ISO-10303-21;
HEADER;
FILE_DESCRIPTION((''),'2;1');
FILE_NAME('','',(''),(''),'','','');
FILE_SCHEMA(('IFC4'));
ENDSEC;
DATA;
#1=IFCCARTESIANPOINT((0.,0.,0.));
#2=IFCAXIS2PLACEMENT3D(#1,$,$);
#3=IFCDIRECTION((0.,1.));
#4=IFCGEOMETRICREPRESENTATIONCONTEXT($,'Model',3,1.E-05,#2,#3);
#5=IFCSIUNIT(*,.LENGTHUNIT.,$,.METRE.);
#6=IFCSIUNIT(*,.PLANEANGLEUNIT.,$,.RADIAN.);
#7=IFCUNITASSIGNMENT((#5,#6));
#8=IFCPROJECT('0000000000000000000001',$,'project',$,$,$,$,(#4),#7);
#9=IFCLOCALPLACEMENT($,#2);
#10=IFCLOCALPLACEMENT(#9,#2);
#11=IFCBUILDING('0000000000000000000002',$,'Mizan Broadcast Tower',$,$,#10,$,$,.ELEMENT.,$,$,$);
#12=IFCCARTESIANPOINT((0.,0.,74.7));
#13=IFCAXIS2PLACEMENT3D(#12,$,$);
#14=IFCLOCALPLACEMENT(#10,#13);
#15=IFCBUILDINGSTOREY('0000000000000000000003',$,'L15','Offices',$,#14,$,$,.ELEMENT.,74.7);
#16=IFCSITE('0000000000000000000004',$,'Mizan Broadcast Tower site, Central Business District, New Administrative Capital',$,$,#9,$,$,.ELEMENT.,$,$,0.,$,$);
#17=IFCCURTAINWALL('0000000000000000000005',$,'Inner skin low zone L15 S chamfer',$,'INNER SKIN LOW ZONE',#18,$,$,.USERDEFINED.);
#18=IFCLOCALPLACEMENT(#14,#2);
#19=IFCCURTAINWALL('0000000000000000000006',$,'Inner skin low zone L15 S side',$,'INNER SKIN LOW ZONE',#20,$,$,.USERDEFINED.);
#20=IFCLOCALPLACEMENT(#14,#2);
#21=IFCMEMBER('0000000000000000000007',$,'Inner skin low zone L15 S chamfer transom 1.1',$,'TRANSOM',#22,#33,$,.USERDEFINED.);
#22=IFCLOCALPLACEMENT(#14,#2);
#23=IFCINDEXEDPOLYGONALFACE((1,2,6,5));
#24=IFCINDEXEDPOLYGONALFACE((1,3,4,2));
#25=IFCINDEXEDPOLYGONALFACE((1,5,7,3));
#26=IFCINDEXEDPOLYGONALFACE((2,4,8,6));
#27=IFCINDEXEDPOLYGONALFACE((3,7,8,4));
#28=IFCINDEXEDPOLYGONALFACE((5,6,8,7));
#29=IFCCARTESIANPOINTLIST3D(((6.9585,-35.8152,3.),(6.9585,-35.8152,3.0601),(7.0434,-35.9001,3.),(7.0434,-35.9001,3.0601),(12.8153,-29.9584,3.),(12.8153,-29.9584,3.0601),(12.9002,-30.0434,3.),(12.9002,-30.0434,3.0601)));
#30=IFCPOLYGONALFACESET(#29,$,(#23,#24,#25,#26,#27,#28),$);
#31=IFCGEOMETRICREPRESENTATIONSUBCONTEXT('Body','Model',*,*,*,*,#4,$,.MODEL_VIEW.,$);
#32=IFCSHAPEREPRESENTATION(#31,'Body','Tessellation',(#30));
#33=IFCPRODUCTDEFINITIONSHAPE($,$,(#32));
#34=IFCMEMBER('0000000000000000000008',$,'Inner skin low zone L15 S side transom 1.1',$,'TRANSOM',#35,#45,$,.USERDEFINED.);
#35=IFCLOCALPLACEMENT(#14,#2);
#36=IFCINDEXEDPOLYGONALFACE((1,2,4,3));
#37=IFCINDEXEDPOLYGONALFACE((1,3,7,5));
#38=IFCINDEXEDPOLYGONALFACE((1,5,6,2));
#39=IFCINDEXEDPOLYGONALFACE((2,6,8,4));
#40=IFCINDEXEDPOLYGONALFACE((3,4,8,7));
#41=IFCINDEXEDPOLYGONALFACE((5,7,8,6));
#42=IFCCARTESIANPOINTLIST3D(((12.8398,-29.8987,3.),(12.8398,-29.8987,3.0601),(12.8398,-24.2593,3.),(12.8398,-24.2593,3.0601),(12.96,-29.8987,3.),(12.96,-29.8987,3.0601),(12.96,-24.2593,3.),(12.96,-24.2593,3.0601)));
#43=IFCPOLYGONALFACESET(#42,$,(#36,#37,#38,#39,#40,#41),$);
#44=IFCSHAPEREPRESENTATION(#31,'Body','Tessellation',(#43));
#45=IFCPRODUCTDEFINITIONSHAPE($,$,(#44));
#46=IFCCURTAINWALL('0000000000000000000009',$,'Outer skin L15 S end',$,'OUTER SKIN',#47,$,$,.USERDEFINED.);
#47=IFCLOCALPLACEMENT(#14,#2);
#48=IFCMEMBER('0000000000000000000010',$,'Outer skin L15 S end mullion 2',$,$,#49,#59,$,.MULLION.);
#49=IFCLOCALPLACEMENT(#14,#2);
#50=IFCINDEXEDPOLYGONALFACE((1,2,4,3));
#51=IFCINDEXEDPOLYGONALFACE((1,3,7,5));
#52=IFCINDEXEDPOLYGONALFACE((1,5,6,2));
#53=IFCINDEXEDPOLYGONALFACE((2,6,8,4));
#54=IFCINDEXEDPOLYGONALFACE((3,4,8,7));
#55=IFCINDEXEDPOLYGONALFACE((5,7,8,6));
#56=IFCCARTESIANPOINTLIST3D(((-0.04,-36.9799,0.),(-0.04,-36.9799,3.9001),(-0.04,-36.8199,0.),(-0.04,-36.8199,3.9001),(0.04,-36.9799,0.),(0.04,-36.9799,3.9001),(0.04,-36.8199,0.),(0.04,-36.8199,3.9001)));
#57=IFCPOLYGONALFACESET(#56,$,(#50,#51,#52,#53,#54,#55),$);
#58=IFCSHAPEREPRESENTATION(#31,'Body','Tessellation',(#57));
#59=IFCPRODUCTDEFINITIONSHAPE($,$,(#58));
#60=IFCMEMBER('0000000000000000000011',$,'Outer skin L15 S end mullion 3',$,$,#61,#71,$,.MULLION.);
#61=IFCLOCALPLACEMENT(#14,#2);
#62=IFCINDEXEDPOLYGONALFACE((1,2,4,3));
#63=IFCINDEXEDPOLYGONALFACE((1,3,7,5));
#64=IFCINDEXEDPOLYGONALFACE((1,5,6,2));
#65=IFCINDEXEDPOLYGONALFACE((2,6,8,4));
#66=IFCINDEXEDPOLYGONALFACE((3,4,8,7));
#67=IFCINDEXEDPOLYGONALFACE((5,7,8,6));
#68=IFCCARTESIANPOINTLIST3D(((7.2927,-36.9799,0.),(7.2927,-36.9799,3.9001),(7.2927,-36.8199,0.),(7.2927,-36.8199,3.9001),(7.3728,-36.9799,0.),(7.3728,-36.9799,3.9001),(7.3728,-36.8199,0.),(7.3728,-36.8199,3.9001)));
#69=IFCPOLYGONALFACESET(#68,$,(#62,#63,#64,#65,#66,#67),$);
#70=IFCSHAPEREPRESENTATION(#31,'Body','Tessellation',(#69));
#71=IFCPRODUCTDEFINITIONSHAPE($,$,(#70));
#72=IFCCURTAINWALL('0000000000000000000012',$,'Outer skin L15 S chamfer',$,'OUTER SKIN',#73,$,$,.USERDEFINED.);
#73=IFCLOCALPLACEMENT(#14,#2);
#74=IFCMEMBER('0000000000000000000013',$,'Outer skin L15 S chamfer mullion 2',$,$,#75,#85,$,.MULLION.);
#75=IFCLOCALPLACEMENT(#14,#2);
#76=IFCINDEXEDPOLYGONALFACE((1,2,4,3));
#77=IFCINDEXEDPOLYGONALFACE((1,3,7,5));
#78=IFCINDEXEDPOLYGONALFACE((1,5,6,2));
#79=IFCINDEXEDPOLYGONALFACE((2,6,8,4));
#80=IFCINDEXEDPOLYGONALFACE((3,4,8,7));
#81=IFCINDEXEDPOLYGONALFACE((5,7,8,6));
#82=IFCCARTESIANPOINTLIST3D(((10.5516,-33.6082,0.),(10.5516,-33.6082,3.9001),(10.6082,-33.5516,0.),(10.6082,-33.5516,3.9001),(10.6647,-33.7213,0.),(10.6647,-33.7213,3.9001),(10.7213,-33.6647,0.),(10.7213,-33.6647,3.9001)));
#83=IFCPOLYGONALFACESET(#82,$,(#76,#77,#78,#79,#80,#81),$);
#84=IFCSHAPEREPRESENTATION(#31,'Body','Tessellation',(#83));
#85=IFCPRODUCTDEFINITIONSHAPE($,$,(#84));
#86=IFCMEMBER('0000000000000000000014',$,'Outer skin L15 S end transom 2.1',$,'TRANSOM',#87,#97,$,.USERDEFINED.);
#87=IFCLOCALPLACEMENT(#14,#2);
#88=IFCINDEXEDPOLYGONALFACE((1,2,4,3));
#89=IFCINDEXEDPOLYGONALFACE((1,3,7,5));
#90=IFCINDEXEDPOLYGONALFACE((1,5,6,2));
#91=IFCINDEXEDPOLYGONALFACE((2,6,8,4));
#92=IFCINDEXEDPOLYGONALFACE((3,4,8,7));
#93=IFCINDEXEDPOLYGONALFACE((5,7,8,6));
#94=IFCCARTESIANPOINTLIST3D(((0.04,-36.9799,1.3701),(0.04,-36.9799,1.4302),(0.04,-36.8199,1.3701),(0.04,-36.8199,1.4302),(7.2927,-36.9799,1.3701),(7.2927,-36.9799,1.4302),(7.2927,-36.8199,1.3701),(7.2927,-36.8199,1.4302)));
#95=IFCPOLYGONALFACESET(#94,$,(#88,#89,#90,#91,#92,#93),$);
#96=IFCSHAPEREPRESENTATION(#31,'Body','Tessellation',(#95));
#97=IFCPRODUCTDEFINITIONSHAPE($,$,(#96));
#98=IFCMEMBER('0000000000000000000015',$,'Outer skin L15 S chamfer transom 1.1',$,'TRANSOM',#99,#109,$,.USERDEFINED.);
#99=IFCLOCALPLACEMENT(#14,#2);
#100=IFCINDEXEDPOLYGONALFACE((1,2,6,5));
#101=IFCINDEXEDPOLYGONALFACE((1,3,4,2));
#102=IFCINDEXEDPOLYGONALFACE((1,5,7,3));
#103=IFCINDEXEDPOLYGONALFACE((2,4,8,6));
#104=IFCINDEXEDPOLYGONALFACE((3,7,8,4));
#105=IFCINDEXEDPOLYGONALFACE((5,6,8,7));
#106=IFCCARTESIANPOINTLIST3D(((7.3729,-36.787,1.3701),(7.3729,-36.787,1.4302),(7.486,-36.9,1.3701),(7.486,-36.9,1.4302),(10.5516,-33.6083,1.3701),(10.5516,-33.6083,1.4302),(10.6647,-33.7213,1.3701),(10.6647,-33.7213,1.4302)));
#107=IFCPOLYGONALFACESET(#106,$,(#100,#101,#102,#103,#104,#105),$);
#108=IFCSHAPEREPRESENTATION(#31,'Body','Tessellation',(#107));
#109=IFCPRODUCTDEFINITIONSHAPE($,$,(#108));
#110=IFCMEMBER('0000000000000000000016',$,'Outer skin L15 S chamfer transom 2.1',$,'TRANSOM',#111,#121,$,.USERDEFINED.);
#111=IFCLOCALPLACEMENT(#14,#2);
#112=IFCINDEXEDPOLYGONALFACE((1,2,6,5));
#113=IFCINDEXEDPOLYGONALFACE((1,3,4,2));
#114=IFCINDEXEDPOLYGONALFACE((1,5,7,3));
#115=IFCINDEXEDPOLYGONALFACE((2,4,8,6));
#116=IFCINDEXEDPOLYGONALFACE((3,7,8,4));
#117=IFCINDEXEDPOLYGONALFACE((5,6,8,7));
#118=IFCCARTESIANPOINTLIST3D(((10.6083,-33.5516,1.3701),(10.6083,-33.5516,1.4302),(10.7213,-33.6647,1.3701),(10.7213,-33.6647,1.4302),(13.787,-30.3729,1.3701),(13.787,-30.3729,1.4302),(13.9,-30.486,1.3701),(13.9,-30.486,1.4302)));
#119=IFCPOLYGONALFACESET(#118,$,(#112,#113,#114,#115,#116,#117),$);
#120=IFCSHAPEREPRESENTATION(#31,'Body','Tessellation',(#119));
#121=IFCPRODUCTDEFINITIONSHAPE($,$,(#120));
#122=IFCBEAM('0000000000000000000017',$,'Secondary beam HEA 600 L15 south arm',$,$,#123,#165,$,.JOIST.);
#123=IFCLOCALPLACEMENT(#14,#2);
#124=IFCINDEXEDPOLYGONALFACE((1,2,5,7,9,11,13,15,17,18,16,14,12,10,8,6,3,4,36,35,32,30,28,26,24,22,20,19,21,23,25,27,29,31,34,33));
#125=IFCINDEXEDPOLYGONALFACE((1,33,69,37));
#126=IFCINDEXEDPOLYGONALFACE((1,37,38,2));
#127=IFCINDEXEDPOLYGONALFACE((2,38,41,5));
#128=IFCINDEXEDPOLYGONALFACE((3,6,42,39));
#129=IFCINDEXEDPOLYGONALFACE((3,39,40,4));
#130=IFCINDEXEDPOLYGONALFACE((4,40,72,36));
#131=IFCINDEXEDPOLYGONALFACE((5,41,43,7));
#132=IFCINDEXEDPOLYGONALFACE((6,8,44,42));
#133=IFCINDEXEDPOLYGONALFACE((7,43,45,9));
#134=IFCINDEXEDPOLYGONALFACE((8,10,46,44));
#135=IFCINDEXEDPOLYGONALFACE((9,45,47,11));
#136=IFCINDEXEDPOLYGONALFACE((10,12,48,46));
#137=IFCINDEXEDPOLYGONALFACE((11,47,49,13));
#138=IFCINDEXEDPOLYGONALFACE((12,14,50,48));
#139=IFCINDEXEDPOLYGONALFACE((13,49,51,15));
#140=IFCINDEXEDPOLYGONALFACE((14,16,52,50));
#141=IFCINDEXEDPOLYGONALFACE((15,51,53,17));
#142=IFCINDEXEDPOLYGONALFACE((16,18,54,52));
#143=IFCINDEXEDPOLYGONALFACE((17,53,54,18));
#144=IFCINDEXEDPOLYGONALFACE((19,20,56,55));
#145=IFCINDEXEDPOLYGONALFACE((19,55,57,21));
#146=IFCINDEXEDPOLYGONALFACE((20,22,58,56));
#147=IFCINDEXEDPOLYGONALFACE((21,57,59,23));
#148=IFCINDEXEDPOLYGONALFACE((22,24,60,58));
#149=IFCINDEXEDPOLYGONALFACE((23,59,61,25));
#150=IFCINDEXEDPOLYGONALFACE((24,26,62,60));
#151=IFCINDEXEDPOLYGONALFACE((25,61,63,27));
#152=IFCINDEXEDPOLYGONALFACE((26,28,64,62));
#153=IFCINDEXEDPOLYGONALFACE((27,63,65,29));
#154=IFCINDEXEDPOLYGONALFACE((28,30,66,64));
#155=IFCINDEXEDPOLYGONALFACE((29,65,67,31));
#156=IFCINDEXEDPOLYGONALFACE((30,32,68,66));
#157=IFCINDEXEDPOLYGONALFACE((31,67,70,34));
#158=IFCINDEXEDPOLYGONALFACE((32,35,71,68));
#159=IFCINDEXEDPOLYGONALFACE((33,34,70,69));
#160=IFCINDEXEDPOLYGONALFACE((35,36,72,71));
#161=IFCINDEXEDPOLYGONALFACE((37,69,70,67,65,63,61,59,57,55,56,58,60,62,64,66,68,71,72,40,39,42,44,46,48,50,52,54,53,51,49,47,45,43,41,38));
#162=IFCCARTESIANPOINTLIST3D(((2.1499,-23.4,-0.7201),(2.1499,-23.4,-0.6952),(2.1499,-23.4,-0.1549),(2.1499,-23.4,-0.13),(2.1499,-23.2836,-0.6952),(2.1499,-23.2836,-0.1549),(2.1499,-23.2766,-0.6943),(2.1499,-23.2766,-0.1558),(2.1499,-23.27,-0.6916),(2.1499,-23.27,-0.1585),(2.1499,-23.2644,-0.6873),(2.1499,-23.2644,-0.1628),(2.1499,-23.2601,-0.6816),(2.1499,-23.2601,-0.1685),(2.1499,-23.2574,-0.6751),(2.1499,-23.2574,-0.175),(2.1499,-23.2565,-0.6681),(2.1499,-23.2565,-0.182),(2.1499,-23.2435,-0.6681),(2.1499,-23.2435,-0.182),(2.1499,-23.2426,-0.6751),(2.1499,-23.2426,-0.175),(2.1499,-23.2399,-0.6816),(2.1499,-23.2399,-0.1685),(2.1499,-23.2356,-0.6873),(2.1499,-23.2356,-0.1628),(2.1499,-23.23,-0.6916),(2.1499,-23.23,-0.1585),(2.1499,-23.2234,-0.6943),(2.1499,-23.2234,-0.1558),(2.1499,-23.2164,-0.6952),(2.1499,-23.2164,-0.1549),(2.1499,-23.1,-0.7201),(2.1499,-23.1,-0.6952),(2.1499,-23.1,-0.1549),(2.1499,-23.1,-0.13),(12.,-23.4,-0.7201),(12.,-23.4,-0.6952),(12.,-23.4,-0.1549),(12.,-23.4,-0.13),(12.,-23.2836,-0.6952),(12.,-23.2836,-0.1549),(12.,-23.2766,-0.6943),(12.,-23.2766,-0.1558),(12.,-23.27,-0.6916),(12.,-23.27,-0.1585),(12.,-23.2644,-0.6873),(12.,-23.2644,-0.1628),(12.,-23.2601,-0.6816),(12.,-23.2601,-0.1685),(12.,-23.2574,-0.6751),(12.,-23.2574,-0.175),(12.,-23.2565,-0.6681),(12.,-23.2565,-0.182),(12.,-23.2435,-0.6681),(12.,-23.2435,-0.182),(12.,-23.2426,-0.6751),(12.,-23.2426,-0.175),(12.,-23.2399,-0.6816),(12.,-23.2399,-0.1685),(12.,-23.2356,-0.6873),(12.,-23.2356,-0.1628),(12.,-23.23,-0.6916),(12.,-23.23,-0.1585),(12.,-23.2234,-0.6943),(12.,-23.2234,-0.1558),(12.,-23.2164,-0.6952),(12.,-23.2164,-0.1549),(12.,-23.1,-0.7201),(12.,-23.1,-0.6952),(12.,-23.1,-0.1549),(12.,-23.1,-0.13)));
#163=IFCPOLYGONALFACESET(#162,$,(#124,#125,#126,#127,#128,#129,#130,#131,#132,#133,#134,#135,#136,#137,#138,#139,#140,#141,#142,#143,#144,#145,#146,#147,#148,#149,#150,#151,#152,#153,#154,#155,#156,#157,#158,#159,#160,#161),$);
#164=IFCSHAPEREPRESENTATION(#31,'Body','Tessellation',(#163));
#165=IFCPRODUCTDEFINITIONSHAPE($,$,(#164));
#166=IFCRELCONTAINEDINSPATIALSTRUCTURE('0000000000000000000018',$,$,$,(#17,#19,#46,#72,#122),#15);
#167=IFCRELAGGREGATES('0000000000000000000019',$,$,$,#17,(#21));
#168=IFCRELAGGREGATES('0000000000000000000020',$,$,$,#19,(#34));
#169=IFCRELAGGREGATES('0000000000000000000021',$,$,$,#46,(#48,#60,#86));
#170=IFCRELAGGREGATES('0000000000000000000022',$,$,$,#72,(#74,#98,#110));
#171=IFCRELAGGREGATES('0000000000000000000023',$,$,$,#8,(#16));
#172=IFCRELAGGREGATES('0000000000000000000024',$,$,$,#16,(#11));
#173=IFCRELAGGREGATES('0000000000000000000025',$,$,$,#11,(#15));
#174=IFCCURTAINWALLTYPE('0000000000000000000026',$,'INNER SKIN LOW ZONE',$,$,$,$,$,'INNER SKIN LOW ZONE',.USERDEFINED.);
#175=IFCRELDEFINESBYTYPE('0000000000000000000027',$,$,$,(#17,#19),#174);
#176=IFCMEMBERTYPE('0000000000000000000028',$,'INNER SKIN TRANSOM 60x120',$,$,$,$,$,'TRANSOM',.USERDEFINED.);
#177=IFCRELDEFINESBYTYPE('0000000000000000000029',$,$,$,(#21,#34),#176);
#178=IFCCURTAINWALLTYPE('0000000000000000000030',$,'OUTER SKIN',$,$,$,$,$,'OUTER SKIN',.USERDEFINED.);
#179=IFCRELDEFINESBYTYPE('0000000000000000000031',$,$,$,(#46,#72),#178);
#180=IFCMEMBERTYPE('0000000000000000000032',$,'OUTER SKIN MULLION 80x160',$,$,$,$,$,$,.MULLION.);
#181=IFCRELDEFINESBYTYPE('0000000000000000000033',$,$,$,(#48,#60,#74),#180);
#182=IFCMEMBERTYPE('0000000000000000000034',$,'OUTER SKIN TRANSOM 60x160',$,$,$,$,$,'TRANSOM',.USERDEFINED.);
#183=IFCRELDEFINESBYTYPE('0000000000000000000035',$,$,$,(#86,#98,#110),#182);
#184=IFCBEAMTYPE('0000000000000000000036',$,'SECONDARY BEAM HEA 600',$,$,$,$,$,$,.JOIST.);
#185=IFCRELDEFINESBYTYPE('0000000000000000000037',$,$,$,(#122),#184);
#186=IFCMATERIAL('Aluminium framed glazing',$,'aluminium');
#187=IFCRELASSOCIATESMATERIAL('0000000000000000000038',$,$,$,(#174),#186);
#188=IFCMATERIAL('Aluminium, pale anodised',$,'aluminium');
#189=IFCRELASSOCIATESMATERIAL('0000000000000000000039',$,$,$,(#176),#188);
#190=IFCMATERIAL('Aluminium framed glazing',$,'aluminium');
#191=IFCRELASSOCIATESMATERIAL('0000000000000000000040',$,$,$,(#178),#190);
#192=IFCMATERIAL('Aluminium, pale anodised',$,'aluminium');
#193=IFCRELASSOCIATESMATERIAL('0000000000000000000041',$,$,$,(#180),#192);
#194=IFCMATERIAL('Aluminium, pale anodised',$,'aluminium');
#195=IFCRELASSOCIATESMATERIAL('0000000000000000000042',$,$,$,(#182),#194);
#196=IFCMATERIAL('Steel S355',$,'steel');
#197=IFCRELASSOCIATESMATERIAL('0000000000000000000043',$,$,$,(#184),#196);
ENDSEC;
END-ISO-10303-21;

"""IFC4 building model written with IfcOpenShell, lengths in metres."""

from ifc_helpers import new_model, si_unit, direction, frame, origin, origin_2d, place, context, subcontext, project, spatial, rectangle, i_section, extrude, material, material_profile, profile_set, type_object, element, aggregate, save


model = new_model("IFC4")

# Units and contexts
model_context = context("Model", 3, precision=1e-05, world=origin(), true_north=direction((0.0, 1.0)))
body_context = subcontext(model_context, "Body", "Model", "MODEL_VIEW")
ifc_project = project(units=[si_unit("LENGTHUNIT", "METRE"), si_unit("PLANEANGLEUNIT", "RADIAN")], contexts=[model_context])

# Site, building, storey
site_placement = place(None, origin())
site = spatial("IfcSite", under=ifc_project, at=site_placement, Name="Mizan Broadcast Tower site, Central Business District, New Administrative Capital", CompositionType="ELEMENT", RefElevation=0.0)
building_placement = place(site_placement, origin())
building = spatial("IfcBuilding", under=site, at=building_placement, Name="Mizan Broadcast Tower", CompositionType="ELEMENT")
storey_placement = place(building_placement, frame((0.0, 0.0, 74.7)))
storey = spatial("IfcBuildingStorey", under=building, at=storey_placement, Name="L15", Description="Offices", CompositionType="ELEMENT", Elevation=74.7)

# Shared definitions
ifc_material_1 = material(Name="Aluminium framed glazing", Category="aluminium")
curtain_wall_type_1 = type_object("IfcCurtainWallType", Name="INNER SKIN LOW ZONE", ElementType="INNER SKIN LOW ZONE", PredefinedType="USERDEFINED", material=ifc_material_1)

# Curtain walls
curtain_wall_1_placement = place(storey_placement, origin())
curtain_wall_1 = element("IfcCurtainWall", 1, at=curtain_wall_1_placement, inside=storey, type_object=curtain_wall_type_1, Name="Inner skin low zone L15 S chamfer", ObjectType="INNER SKIN LOW ZONE", PredefinedType="USERDEFINED")
curtain_wall_2_placement = place(storey_placement, origin())
curtain_wall_2 = element("IfcCurtainWall", 2, at=curtain_wall_2_placement, inside=storey, type_object=curtain_wall_type_1, Name="Inner skin low zone L15 S side", ObjectType="INNER SKIN LOW ZONE", PredefinedType="USERDEFINED")

# Members
ifc_material_2 = material(Name="Aluminium, pale anodised", Category="aluminium")
ifc_material_profile_1 = material_profile(ifc_material_2, rectangle(XDim=0.1201, YDim=0.0601, at=origin_2d()), Name="TRANSOM 120x60")
ifc_profile_set_1 = profile_set([ifc_material_profile_1], Name="Aluminium, pale anodised")
member_type_1 = type_object("IfcMemberType", Name="INNER SKIN TRANSOM 60x120", ElementType="TRANSOM", PredefinedType="USERDEFINED", material=ifc_profile_set_1)
member_1_placement = place(storey_placement, frame((7.001, -35.8577, 3.03), z_axis=(0.707107, 0.707107, 0.0), x_axis=(-0.707107, 0.707107, 0.0)))
member_1 = element("IfcMember", 3, at=member_1_placement, type_object=member_type_1, Name="Inner skin low zone L15 S chamfer transom 1.1", ObjectType="TRANSOM", PredefinedType="USERDEFINED", context=body_context, shape_type="SweptSolid", body=[
    extrude(rectangle(XDim=0.1201, YDim=0.0601, at=origin_2d()), origin(), (0.0, 0.0, 1.0), 8.2827),
])
member_2_placement = place(storey_placement, frame((12.8999, -29.8987, 3.03), z_axis=(0.0, 1.0, 0.0), x_axis=(-1.0, 0.0, 0.0)))
member_2 = element("IfcMember", 4, at=member_2_placement, type_object=member_type_1, Name="Inner skin low zone L15 S side transom 1.1", ObjectType="TRANSOM", PredefinedType="USERDEFINED", context=body_context, shape_type="SweptSolid", body=[
    extrude(rectangle(XDim=0.1201, YDim=0.0601, at=origin_2d()), origin(), (0.0, 0.0, 1.0), 5.6394),
])

# Curtain wall, members
ifc_material_3 = material(Name="Aluminium framed glazing", Category="aluminium")
curtain_wall_type_2 = type_object("IfcCurtainWallType", Name="OUTER SKIN", ElementType="OUTER SKIN", PredefinedType="USERDEFINED", material=ifc_material_3)
curtain_wall_3_placement = place(storey_placement, origin())
curtain_wall_3 = element("IfcCurtainWall", 5, at=curtain_wall_3_placement, inside=storey, type_object=curtain_wall_type_2, Name="Outer skin L15 S end", ObjectType="OUTER SKIN", PredefinedType="USERDEFINED")
ifc_material_4 = material(Name="Aluminium, pale anodised", Category="aluminium")
ifc_material_profile_2 = material_profile(ifc_material_4, rectangle(XDim=0.1599, YDim=0.0801, at=origin_2d()), Name="MULLION 160x80")
ifc_profile_set_2 = profile_set([ifc_material_profile_2], Name="Aluminium, pale anodised")
member_type_2 = type_object("IfcMemberType", Name="OUTER SKIN MULLION 80x160", PredefinedType="MULLION", material=ifc_profile_set_2)
member_3_placement = place(storey_placement, frame((0.0, -36.8999, 0.0), z_axis=(0.0, 0.0, 1.0), x_axis=(0.0, 1.0, 0.0)))
member_3 = element("IfcMember", 6, at=member_3_placement, type_object=member_type_2, Name="Outer skin L15 S end mullion 2", PredefinedType="MULLION", context=body_context, shape_type="SweptSolid", body=[
    extrude(rectangle(XDim=0.1599, YDim=0.0801, at=origin_2d()), origin(), (0.0, 0.0, 1.0), 3.9001),
])
member_4_placement = place(storey_placement, frame((7.3328, -36.8999, 0.0), z_axis=(0.0, 0.0, 1.0), x_axis=(0.0, 1.0, 0.0)))
member_4 = element("IfcMember", 7, at=member_4_placement, type_object=member_type_2, Name="Outer skin L15 S end mullion 3", PredefinedType="MULLION", context=body_context, shape_type="SweptSolid", body=[
    extrude(rectangle(XDim=0.1599, YDim=0.0801, at=origin_2d()), origin(), (0.0, 0.0, 1.0), 3.9001),
])

# Curtain wall, member
curtain_wall_4_placement = place(storey_placement, origin())
curtain_wall_4 = element("IfcCurtainWall", 8, at=curtain_wall_4_placement, inside=storey, type_object=curtain_wall_type_2, Name="Outer skin L15 S chamfer", ObjectType="OUTER SKIN", PredefinedType="USERDEFINED")
member_5_placement = place(storey_placement, frame((10.6365, -33.6365, 0.0), z_axis=(0.0, 0.0, 1.0), x_axis=(-0.707107, 0.707107, 0.0)))
member_5 = element("IfcMember", 9, at=member_5_placement, type_object=member_type_2, Name="Outer skin L15 S chamfer mullion 2", PredefinedType="MULLION", context=body_context, shape_type="SweptSolid", body=[
    extrude(rectangle(XDim=0.1599, YDim=0.0801, at=origin_2d()), origin(), (0.0, 0.0, 1.0), 3.9001),
])

# Members
ifc_material_5 = material(Name="Aluminium, pale anodised", Category="aluminium")
ifc_material_profile_3 = material_profile(ifc_material_5, rectangle(XDim=0.1599, YDim=0.0601, at=origin_2d()), Name="TRANSOM 160x60")
ifc_profile_set_3 = profile_set([ifc_material_profile_3], Name="Aluminium, pale anodised")
member_type_3 = type_object("IfcMemberType", Name="OUTER SKIN TRANSOM 60x160", ElementType="TRANSOM", PredefinedType="USERDEFINED", material=ifc_profile_set_3)
member_6_placement = place(storey_placement, frame((0.04, -36.8999, 1.4001), z_axis=(1.0, 0.0, 0.0), x_axis=(0.0, 1.0, 0.0)))
member_6 = element("IfcMember", 10, at=member_6_placement, type_object=member_type_3, Name="Outer skin L15 S end transom 2.1", ObjectType="TRANSOM", PredefinedType="USERDEFINED", context=body_context, shape_type="SweptSolid", body=[
    extrude(rectangle(XDim=0.1599, YDim=0.0601, at=origin_2d()), origin(), (0.0, 0.0, 1.0), 7.2527),
])
member_7_placement = place(storey_placement, frame((7.4294, -36.8435, 1.4001), z_axis=(0.707107, 0.707107, 0.0), x_axis=(-0.707107, 0.707107, 0.0)))
member_7 = element("IfcMember", 11, at=member_7_placement, type_object=member_type_3, Name="Outer skin L15 S chamfer transom 1.1", ObjectType="TRANSOM", PredefinedType="USERDEFINED", context=body_context, shape_type="SweptSolid", body=[
    extrude(rectangle(XDim=0.1599, YDim=0.0601, at=origin_2d()), origin(), (0.0, 0.0, 1.0), 4.4954),
])
member_8_placement = place(storey_placement, frame((10.6648, -33.6082, 1.4001), z_axis=(0.707107, 0.707107, 0.0), x_axis=(-0.707107, 0.707107, 0.0)))
member_8 = element("IfcMember", 12, at=member_8_placement, type_object=member_type_3, Name="Outer skin L15 S chamfer transom 2.1", ObjectType="TRANSOM", PredefinedType="USERDEFINED", context=body_context, shape_type="SweptSolid", body=[
    extrude(rectangle(XDim=0.1599, YDim=0.0601, at=origin_2d()), origin(), (0.0, 0.0, 1.0), 4.4954),
])

# Beam
ifc_material_6 = material(Name="Steel S355", Category="steel")
ifc_material_profile_4 = material_profile(ifc_material_6, i_section(OverallWidth=0.3, OverallDepth=0.5901, WebThickness=0.0129, FlangeThickness=0.0249, FilletRadius=0.0271, at=origin_2d()), Name="HEA 600")
ifc_profile_set_4 = profile_set([ifc_material_profile_4], Name="Steel S355")
beam_type_1 = type_object("IfcBeamType", Name="SECONDARY BEAM HEA 600", PredefinedType="JOIST", material=ifc_profile_set_4)
beam_1_placement = place(storey_placement, frame((12.0, -23.25, -0.425), z_axis=(-1.0, 0.0, 0.0), x_axis=(0.0, -1.0, 0.0)))
element("IfcBeam", 13, at=beam_1_placement, inside=storey, type_object=beam_type_1, Name="Secondary beam HEA 600 L15 south arm", PredefinedType="JOIST", context=body_context, shape_type="SweptSolid", body=[
    extrude(i_section(OverallWidth=0.3, OverallDepth=0.5901, WebThickness=0.0129, FlangeThickness=0.0249, FilletRadius=0.0271, at=origin_2d()), origin(), (0.0, 0.0, 1.0), 9.8501),
])

aggregate(curtain_wall_1, [member_1])
aggregate(curtain_wall_2, [member_2])
aggregate(curtain_wall_3, [member_3, member_4, member_6])
aggregate(curtain_wall_4, [member_5, member_7, member_8])

save(model, "model.ifc")
